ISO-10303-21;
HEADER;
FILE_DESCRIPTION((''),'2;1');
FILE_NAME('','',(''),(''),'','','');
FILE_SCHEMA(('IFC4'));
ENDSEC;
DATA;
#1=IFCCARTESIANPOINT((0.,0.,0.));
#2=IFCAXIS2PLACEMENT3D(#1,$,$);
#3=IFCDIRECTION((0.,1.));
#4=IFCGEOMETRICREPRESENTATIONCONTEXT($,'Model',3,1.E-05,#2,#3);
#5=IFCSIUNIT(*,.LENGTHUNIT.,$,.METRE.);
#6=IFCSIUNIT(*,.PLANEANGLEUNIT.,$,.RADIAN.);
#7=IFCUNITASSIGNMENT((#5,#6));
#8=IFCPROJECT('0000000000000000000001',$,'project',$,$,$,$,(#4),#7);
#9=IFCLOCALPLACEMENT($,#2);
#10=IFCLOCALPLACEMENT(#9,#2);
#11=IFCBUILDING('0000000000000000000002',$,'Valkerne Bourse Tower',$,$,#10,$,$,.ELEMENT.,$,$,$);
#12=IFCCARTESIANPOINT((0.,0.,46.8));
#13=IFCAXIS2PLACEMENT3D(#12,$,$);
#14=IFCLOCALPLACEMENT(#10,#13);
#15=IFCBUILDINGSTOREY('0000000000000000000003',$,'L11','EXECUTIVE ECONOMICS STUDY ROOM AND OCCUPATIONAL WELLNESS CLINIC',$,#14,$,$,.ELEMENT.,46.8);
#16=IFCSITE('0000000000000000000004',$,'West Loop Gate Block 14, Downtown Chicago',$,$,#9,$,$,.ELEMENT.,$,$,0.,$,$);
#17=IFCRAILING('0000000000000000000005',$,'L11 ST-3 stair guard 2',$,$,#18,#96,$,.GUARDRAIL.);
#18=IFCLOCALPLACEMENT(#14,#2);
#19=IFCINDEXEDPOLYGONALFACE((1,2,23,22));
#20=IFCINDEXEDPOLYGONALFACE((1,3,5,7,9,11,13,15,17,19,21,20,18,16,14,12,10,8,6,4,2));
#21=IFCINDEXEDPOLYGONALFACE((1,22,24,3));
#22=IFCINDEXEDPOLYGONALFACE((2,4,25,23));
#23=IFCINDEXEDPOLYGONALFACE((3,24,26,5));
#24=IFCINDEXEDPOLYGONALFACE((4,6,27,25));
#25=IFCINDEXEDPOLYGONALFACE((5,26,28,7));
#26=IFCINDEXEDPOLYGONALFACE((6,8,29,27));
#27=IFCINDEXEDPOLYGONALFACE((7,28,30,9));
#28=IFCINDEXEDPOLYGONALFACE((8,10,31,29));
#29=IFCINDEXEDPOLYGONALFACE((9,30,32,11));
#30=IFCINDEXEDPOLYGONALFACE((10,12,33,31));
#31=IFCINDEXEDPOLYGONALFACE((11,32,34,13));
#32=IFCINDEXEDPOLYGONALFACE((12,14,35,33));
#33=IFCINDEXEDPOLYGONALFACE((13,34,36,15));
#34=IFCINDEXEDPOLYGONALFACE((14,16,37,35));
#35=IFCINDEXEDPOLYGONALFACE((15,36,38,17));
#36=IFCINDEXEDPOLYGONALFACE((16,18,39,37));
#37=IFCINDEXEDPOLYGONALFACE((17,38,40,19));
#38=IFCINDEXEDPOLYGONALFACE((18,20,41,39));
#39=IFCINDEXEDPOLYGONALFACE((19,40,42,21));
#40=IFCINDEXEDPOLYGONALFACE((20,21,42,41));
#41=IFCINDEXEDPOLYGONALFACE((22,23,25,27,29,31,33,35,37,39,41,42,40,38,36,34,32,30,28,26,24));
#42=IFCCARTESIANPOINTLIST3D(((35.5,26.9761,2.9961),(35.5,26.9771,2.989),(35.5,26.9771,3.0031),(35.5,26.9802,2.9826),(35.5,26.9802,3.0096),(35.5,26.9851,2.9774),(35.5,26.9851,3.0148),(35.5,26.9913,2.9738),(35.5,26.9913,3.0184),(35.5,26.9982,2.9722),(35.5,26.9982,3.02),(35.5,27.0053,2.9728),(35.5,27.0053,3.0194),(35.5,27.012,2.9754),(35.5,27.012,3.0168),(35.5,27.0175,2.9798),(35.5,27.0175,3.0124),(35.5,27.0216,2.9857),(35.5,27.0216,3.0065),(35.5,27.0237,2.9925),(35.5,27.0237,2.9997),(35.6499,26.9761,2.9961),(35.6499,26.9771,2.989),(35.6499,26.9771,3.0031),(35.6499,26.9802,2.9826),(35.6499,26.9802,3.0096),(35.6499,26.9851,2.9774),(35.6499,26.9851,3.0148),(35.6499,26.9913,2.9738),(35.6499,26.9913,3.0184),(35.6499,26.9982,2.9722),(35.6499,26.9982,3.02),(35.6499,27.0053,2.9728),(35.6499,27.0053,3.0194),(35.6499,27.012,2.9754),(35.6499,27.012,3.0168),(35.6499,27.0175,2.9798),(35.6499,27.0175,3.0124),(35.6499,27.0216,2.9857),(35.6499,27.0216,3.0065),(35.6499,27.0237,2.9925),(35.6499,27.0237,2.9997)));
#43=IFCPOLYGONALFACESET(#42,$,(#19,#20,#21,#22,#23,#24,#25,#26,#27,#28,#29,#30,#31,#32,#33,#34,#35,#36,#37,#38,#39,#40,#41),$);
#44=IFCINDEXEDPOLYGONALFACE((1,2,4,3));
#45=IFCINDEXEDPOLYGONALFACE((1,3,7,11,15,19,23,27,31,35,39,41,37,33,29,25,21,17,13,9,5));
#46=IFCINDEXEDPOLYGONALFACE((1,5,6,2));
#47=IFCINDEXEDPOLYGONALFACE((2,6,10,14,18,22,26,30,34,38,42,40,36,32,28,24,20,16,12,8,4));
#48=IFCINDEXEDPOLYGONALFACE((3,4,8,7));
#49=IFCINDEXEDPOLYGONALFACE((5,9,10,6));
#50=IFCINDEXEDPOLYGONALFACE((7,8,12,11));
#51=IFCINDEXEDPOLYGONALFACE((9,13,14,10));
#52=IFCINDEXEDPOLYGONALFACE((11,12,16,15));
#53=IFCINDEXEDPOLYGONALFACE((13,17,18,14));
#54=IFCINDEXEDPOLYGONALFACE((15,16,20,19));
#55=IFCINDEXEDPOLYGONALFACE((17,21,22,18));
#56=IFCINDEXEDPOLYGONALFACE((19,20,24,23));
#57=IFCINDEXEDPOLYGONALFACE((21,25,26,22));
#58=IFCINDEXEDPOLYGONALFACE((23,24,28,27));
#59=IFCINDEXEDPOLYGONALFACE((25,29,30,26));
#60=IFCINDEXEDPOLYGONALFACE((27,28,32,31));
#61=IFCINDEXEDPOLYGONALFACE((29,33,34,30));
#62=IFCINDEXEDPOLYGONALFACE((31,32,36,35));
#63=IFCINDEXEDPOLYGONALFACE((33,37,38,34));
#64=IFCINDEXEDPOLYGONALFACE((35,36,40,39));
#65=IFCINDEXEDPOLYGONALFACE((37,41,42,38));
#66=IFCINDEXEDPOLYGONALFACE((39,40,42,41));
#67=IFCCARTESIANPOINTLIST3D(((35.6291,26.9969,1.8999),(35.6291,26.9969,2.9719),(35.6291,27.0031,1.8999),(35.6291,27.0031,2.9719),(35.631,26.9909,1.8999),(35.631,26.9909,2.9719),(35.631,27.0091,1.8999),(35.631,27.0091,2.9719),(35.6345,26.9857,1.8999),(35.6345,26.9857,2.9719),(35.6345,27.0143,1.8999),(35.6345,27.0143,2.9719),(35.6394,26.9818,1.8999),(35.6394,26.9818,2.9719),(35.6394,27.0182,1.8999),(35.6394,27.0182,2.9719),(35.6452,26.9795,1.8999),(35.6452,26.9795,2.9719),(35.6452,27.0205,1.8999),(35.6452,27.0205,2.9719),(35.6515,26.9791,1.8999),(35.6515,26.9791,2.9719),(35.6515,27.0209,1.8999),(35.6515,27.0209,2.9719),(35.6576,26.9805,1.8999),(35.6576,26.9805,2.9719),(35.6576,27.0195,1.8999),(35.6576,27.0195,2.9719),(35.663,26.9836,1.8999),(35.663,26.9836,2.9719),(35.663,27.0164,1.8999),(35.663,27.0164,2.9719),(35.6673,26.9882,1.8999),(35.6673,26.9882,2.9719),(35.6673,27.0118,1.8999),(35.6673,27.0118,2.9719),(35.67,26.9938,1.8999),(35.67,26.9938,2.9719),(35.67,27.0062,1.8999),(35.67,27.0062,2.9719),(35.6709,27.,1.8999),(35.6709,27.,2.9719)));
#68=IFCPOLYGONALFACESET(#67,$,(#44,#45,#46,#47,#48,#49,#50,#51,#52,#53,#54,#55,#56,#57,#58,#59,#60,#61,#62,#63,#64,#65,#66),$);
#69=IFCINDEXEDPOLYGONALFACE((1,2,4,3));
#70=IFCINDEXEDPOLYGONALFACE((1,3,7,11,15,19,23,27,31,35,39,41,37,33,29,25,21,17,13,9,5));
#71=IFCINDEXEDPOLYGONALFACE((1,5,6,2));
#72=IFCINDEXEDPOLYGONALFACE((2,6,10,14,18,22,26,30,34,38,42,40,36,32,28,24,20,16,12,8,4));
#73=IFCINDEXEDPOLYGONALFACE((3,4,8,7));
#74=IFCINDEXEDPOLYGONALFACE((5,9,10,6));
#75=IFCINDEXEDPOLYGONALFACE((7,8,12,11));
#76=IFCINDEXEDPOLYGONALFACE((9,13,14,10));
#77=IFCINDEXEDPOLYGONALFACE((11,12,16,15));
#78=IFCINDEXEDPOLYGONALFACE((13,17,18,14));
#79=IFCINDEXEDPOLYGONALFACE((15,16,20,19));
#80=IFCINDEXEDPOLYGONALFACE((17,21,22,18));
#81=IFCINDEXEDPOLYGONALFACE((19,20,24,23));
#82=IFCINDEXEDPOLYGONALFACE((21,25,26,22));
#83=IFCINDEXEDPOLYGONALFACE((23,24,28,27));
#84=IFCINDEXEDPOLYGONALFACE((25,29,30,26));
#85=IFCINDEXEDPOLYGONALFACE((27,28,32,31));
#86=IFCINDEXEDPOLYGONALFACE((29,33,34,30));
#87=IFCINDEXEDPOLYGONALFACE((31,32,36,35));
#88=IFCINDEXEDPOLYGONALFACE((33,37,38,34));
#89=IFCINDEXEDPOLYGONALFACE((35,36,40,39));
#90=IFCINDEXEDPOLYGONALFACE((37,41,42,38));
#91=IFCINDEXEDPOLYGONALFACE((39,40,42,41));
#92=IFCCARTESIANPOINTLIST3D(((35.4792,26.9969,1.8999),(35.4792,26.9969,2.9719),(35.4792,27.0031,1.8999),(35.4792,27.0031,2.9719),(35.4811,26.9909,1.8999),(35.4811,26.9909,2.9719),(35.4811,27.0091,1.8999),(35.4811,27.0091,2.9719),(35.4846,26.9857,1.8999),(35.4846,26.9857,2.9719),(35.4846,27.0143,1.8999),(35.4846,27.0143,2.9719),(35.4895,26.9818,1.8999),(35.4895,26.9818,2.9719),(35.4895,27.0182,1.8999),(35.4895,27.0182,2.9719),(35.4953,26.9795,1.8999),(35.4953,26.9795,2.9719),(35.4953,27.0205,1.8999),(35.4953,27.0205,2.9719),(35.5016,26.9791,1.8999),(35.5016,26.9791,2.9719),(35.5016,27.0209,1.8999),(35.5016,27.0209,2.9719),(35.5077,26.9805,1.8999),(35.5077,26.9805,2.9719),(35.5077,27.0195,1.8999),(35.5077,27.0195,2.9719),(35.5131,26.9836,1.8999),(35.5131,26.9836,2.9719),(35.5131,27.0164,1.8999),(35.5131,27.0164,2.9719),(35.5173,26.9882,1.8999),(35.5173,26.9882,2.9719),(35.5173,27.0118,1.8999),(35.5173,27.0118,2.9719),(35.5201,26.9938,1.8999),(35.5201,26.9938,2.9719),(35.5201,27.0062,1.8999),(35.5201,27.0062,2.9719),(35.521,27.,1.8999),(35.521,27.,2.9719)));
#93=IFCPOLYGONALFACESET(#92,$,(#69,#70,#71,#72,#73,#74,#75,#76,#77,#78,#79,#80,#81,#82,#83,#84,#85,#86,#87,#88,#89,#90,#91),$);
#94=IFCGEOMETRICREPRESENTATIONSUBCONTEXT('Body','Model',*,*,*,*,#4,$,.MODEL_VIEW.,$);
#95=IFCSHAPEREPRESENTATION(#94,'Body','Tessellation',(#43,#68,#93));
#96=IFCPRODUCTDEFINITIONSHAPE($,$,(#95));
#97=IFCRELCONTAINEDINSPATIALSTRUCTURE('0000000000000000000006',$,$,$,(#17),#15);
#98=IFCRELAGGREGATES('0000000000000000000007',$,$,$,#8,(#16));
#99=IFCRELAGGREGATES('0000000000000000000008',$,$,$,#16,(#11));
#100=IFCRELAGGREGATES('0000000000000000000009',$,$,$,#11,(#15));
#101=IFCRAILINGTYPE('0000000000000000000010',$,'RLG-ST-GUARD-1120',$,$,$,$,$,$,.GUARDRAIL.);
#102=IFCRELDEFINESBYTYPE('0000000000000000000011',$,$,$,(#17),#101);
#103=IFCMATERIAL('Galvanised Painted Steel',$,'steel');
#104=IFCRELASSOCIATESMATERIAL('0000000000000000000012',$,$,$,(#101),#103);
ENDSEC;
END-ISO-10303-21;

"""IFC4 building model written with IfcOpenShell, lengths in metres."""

from ifc_helpers import new_model, si_unit, direction, frame, origin, origin_2d, place, context, subcontext, project, spatial, circle, extrude, material, type_object, element, save


model = new_model("IFC4")

# Units and contexts
model_context = context("Model", 3, precision=1e-05, world=origin(), true_north=direction((0.0, 1.0)))
body_context = subcontext(model_context, "Body", "Model", "MODEL_VIEW")
ifc_project = project(units=[si_unit("LENGTHUNIT", "METRE"), si_unit("PLANEANGLEUNIT", "RADIAN")], contexts=[model_context])

# Site, building, storey
site_placement = place(None, origin())
site = spatial("IfcSite", under=ifc_project, at=site_placement, Name="West Loop Gate Block 14, Downtown Chicago", CompositionType="ELEMENT", RefElevation=0.0)
building_placement = place(site_placement, origin())
building = spatial("IfcBuilding", under=site, at=building_placement, Name="Valkerne Bourse Tower", CompositionType="ELEMENT")
storey_placement = place(building_placement, frame((0.0, 0.0, 46.8)))
storey = spatial("IfcBuildingStorey", under=building, at=storey_placement, Name="L11", Description="EXECUTIVE ECONOMICS STUDY ROOM AND OCCUPATIONAL WELLNESS CLINIC", CompositionType="ELEMENT", Elevation=46.8)

# Shared definitions
ifc_material_1 = material(Name="Galvanised Painted Steel", Category="steel")

# Railing
railing_type_1 = type_object("IfcRailingType", Name="RLG-ST-GUARD-1120", PredefinedType="GUARDRAIL", material=ifc_material_1)
railing_1_placement = place(storey_placement, frame((35.6499, 27.0, 1.8999)))
element("IfcRailing", 1, at=railing_1_placement, inside=storey, type_object=railing_type_1, Name="L11 ST-3 stair guard 2", PredefinedType="GUARDRAIL", context=body_context, shape_type="SweptSolid", body=[
    extrude(circle(Radius=0.0239, at=origin_2d()), frame((0.0, 0.0, 1.0962), z_axis=(-1.0, 0.0, 0.0), x_axis=(0.0, -1.0, 0.0)), (0.0, 0.0, 1.0), 0.1499),
    extrude(circle(Radius=0.021, at=origin_2d()), origin(), (0.0, 0.0, 1.0), 1.072),
    extrude(circle(Radius=0.021, at=origin_2d()), frame((-0.1499, 0.0, 0.0)), (0.0, 0.0, 1.0), 1.072),
])

save(model, "model.ifc")
